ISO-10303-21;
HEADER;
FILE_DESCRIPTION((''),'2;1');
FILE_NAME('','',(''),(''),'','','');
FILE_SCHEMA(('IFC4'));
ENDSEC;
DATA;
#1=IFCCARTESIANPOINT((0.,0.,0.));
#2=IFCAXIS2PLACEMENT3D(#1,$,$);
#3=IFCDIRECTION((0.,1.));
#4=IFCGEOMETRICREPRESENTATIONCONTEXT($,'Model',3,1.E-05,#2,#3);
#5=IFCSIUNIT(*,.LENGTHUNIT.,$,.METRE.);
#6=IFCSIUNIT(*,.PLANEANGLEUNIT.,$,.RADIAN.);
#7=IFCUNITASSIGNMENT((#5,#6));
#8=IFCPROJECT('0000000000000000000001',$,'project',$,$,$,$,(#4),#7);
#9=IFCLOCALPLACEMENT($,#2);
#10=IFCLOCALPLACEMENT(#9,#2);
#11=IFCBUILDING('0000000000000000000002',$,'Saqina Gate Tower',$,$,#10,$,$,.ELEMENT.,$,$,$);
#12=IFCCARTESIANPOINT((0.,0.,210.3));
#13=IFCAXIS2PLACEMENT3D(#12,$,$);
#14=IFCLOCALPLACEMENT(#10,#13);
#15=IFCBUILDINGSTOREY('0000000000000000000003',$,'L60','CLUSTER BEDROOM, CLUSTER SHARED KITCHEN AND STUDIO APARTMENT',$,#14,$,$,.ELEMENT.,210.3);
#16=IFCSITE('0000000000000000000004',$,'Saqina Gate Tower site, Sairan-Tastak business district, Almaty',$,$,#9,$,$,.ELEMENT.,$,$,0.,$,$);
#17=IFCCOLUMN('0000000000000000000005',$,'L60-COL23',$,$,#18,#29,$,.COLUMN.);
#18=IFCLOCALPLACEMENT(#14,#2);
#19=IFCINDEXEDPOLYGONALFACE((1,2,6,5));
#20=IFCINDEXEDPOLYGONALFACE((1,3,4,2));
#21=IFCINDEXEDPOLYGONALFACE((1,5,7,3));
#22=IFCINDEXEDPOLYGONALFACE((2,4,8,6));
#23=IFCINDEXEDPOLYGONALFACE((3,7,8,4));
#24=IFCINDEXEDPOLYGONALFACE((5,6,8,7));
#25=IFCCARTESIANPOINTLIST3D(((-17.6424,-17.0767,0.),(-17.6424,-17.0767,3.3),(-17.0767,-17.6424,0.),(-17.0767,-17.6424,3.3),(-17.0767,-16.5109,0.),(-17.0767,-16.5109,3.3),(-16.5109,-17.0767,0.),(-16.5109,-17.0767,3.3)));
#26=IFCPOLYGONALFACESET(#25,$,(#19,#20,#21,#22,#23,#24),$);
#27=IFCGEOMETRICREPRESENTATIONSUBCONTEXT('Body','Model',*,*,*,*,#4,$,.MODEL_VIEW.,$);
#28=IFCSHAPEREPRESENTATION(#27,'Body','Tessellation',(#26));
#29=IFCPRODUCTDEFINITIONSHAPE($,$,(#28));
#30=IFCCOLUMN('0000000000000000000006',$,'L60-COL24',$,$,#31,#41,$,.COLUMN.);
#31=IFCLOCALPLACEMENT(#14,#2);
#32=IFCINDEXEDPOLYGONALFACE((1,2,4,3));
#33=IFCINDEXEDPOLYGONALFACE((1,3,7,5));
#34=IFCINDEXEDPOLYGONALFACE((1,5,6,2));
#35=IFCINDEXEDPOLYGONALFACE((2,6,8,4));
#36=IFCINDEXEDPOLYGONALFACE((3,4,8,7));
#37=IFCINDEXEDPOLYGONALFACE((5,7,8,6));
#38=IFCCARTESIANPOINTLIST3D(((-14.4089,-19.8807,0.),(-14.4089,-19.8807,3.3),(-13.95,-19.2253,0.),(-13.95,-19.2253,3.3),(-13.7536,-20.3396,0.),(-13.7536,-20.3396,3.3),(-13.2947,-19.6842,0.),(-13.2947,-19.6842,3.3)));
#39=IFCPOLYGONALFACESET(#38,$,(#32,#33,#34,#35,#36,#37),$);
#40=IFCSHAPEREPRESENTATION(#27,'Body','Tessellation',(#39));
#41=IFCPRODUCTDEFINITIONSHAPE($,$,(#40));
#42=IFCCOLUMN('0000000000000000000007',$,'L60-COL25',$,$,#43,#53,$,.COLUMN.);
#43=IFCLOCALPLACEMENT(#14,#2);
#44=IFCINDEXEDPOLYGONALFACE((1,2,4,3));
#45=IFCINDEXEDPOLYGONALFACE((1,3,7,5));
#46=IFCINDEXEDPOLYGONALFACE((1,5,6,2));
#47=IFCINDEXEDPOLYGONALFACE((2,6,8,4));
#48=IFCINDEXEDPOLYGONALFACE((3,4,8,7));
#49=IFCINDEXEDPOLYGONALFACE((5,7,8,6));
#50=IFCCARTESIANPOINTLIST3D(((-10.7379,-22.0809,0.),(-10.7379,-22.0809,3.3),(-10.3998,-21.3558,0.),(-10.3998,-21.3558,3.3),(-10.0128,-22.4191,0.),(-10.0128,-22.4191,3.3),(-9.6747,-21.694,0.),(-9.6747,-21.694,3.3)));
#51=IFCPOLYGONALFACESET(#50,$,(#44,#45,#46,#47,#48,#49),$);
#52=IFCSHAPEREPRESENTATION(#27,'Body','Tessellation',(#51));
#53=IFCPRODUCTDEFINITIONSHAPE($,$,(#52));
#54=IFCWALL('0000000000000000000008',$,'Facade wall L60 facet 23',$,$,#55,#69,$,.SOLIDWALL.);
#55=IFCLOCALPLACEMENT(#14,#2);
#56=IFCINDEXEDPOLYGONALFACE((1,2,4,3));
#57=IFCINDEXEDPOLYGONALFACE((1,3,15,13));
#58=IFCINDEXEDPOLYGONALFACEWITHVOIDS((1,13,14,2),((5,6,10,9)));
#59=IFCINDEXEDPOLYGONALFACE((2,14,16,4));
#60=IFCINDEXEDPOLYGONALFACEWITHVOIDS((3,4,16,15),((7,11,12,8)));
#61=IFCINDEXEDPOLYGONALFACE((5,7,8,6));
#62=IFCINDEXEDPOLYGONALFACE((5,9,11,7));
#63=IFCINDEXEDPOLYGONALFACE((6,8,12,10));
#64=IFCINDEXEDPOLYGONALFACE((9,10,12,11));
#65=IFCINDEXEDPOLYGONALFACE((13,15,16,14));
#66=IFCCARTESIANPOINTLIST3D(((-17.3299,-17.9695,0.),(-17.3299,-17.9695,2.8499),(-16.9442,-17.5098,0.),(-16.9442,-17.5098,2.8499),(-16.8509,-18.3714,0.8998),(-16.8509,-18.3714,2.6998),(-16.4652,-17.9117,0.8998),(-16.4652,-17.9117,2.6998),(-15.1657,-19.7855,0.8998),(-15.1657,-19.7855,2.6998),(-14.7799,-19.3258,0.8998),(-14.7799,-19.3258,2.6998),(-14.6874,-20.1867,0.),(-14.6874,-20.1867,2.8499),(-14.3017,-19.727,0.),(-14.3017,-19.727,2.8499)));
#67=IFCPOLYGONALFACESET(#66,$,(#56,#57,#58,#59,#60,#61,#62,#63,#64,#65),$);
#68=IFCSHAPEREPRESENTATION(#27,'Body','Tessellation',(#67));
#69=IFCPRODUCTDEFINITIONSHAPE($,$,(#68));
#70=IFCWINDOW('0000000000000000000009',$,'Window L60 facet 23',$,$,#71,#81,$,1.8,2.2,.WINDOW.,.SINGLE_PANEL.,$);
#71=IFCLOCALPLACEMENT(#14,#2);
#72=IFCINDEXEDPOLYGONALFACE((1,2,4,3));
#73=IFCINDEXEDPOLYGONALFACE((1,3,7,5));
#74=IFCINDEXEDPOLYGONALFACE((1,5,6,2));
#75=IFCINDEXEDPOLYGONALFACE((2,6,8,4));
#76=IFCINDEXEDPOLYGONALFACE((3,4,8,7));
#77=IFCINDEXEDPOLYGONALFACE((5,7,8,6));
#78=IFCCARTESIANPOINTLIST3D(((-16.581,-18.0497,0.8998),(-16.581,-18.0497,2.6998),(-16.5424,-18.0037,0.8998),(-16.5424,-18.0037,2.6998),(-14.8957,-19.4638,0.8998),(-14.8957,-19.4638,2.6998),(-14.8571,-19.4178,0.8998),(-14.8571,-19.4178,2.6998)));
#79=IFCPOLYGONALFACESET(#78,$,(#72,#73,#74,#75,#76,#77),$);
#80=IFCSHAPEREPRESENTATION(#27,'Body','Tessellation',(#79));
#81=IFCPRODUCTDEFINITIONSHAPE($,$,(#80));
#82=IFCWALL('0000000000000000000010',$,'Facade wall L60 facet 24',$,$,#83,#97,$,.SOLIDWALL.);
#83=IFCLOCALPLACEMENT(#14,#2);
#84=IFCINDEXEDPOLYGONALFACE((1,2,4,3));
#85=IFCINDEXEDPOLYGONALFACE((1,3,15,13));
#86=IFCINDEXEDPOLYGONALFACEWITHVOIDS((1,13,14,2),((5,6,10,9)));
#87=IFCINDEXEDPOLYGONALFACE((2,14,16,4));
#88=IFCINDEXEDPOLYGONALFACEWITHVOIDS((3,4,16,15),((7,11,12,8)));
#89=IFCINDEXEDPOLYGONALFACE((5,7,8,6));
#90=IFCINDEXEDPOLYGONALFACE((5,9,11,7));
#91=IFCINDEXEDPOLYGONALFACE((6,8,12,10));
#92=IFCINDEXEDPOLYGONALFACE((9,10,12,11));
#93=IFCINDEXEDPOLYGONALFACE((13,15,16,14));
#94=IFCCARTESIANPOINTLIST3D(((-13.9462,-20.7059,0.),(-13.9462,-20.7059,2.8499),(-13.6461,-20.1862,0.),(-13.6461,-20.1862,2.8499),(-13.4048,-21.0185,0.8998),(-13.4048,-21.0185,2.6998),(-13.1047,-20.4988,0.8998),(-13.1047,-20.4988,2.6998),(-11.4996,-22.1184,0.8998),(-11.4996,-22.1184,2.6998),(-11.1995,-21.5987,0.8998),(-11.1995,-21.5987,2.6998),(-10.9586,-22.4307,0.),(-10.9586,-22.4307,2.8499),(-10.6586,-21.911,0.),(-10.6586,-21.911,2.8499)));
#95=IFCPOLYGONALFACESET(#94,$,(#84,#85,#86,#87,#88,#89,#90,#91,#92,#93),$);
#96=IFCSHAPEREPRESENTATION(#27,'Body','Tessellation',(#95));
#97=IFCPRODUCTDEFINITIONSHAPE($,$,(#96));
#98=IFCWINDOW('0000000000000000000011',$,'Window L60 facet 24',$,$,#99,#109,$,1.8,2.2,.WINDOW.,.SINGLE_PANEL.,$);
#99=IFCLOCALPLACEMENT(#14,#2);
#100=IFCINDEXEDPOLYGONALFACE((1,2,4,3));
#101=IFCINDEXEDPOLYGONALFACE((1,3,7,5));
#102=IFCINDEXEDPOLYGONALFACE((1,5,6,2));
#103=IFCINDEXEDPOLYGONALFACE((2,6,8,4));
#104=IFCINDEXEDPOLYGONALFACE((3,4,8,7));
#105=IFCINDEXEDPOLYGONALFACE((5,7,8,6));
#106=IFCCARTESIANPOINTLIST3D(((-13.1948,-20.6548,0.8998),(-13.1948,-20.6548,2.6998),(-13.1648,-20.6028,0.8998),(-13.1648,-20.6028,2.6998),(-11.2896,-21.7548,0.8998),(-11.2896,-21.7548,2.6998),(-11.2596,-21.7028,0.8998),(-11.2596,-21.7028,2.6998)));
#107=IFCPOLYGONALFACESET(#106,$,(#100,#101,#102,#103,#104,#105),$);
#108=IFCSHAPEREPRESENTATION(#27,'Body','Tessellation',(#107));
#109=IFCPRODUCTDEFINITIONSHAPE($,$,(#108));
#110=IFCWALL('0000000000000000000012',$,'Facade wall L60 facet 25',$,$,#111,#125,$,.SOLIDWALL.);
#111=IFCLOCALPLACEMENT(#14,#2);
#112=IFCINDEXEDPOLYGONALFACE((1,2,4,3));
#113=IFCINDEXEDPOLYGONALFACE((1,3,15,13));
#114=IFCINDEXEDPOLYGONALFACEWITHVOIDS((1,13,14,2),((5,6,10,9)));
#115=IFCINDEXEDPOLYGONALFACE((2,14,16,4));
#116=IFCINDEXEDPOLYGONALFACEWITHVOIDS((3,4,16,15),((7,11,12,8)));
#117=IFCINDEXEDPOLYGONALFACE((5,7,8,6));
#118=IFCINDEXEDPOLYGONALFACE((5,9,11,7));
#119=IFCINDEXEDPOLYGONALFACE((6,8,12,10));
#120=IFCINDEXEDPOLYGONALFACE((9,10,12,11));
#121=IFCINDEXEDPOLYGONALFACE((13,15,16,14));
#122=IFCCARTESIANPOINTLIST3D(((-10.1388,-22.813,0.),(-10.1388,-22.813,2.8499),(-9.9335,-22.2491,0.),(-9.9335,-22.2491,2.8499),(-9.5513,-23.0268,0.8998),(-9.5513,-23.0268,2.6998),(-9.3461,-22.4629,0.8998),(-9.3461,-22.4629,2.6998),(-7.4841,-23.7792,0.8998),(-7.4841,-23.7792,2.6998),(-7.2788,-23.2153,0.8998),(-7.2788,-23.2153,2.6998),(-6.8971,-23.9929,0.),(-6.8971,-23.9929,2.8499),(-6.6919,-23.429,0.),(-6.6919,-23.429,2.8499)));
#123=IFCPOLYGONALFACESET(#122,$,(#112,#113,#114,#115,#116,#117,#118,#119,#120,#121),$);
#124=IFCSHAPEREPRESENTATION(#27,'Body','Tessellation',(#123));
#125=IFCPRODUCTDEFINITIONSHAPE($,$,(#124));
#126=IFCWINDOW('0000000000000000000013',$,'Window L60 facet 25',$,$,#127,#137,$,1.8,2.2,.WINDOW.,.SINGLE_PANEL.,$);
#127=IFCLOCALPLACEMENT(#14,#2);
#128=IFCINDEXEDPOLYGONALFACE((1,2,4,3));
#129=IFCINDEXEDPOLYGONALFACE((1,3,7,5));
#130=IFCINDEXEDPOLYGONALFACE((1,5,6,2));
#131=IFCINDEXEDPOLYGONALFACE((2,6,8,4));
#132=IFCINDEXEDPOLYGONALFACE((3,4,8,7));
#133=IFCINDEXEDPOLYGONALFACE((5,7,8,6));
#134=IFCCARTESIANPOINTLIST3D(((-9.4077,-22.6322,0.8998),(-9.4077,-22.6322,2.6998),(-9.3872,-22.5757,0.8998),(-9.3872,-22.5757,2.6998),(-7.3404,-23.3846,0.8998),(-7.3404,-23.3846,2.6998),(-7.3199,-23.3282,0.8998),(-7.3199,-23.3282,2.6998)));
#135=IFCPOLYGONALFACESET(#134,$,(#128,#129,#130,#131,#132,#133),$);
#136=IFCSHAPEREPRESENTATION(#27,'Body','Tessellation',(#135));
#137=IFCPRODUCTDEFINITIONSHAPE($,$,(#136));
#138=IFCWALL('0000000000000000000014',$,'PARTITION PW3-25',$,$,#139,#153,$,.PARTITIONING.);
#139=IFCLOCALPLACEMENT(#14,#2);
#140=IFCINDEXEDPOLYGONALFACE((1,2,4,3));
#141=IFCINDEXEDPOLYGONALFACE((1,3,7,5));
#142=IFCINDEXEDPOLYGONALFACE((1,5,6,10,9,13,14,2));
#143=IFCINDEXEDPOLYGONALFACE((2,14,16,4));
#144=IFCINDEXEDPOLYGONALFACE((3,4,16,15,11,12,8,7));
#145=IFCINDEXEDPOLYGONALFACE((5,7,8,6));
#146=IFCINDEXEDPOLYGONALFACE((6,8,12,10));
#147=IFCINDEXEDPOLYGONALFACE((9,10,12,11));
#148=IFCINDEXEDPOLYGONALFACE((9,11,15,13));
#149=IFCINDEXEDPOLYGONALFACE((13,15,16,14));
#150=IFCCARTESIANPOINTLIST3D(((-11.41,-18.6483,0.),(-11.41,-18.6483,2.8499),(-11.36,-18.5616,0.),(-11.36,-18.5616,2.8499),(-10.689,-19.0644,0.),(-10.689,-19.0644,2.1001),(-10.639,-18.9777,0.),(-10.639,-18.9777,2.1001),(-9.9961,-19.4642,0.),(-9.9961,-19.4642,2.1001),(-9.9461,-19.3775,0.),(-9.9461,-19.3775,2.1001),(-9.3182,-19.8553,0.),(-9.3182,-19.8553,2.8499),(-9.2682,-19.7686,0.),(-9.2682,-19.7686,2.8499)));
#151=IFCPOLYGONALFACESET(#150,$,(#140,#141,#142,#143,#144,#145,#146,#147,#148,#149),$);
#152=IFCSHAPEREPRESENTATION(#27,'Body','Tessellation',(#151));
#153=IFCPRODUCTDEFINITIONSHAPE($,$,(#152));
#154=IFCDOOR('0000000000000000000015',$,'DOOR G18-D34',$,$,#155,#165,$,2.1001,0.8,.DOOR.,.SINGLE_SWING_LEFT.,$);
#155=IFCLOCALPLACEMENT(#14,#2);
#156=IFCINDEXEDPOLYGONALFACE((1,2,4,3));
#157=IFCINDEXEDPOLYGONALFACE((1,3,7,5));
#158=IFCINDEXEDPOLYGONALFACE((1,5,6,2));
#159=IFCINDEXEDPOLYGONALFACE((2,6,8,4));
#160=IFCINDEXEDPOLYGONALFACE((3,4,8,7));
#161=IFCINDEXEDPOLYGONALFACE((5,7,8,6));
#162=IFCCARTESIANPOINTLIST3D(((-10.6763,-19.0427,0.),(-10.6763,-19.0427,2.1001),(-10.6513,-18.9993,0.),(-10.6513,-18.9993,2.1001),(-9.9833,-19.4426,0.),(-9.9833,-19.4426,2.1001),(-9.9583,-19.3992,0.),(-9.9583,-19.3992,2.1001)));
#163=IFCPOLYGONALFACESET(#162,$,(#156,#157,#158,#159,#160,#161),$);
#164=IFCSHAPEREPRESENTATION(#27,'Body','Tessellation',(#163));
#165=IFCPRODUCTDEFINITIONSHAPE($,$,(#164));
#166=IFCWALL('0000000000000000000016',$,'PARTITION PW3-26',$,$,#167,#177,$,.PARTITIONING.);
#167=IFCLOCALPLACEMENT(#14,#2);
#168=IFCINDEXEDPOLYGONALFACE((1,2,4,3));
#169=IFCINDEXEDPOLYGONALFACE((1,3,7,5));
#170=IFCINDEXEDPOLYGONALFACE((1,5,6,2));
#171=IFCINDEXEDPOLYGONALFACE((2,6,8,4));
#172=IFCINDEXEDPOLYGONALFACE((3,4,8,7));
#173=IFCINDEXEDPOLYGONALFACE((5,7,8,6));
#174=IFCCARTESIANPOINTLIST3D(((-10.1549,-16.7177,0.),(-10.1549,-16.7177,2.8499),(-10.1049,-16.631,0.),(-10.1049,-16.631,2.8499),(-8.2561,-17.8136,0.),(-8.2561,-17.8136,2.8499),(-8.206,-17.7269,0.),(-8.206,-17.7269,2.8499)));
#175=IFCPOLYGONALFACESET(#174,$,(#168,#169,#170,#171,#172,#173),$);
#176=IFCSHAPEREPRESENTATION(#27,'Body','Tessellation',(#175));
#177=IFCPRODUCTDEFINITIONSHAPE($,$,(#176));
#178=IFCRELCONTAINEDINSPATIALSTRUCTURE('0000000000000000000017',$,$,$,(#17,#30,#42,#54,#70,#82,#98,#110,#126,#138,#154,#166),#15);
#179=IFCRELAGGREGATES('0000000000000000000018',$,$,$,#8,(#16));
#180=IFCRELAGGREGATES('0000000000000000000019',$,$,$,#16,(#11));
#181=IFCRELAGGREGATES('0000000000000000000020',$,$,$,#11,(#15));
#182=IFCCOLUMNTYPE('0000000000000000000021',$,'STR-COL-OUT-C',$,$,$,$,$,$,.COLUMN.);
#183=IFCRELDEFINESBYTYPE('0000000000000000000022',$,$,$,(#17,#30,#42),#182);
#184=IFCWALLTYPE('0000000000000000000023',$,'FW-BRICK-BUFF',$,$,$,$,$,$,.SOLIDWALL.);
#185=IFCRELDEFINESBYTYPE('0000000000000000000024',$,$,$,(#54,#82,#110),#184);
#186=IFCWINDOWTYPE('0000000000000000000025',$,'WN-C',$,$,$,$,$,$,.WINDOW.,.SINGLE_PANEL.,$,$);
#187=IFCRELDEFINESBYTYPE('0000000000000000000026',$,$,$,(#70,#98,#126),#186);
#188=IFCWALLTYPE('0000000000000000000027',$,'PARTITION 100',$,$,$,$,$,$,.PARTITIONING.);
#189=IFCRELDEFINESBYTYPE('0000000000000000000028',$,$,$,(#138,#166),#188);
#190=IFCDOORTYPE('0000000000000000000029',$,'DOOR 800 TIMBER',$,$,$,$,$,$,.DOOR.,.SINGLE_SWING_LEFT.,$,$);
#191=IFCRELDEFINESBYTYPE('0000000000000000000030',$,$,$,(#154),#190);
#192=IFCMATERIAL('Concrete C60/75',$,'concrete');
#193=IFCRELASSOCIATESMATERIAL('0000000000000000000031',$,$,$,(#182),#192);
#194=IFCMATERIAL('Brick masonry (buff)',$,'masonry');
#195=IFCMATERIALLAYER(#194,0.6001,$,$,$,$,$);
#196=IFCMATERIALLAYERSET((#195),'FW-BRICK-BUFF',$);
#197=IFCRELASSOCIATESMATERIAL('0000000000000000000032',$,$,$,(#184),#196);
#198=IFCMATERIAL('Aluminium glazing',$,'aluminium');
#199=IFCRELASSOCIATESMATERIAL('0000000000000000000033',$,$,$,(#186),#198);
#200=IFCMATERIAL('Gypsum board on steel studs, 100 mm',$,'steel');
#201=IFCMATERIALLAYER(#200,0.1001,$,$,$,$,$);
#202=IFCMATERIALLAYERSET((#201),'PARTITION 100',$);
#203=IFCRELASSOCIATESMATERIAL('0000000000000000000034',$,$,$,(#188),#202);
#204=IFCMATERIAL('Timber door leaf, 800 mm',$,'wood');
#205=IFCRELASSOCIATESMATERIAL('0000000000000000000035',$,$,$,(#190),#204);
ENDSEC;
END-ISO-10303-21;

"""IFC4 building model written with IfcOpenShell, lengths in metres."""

from ifc_helpers import new_model, si_unit, direction, frame, frame_2d, origin, origin_2d, place, context, subcontext, project, spatial, rectangle, extrude, material, layer, layer_set, material_profile, profile_set, type_object, element, fill, save


model = new_model("IFC4")

# Units and contexts
model_context = context("Model", 3, precision=1e-05, world=origin(), true_north=direction((0.0, 1.0)))
body_context = subcontext(model_context, "Body", "Model", "MODEL_VIEW")
ifc_project = project(units=[si_unit("LENGTHUNIT", "METRE"), si_unit("PLANEANGLEUNIT", "RADIAN")], contexts=[model_context])

# Site, building, storey
site_placement = place(None, origin())
site = spatial("IfcSite", under=ifc_project, at=site_placement, Name="Saqina Gate Tower site, Sairan-Tastak business district, Almaty", CompositionType="ELEMENT", RefElevation=0.0)
building_placement = place(site_placement, origin())
building = spatial("IfcBuilding", under=site, at=building_placement, Name="Saqina Gate Tower", CompositionType="ELEMENT")
storey_placement = place(building_placement, frame((0.0, 0.0, 210.3)))
storey = spatial("IfcBuildingStorey", under=building, at=storey_placement, Name="L60", Description="CLUSTER BEDROOM, CLUSTER SHARED KITCHEN AND STUDIO APARTMENT", CompositionType="ELEMENT", Elevation=210.3)

# Columns
ifc_material_1 = material(Name="Concrete C60/75", Category="concrete")
ifc_material_profile = material_profile(ifc_material_1, rectangle(XDim=0.8, YDim=0.8, at=origin_2d()), Name="RC 800x800")
ifc_profile_set = profile_set([ifc_material_profile], Name="Concrete C60/75")
column_type = type_object("IfcColumnType", Name="STR-COL-OUT-C", PredefinedType="COLUMN", material=ifc_profile_set)
for number, where, z_axis, x_axis, name in (
    (1, (-17.0767, -17.0767, 0.0), (0.0, 0.0, 1.0), (-0.707107, -0.707107, 0.0), "L60-COL23"),
    (2, (-13.8518, -19.7825, 0.0), (0.0, 0.0, 1.0), (-0.573576, -0.819152, 0.0), "L60-COL24"),
    (3, (-10.2063, -21.8875, 0.0), (0.0, 0.0, 1.0), (-0.422618, -0.906308, 0.0), "L60-COL25"),
):
    element("IfcColumn", number, at=place(storey_placement, frame(where, z_axis=z_axis, x_axis=x_axis)), inside=storey, type_object=column_type, Name=name, PredefinedType="COLUMN", context=body_context, shape_type="SweptSolid", body=[
        extrude(rectangle(XDim=0.8, YDim=0.8, at=origin_2d()), origin(), (0.0, 0.0, 1.0), 3.3),
    ])

# Walls, openings, windows
ifc_material_2 = material(Name="Brick masonry (buff)", Category="masonry")
ifc_layer_1 = layer(ifc_material_2, 0.6001)
ifc_layer_set_1 = layer_set([ifc_layer_1], Name="FW-BRICK-BUFF")
wall_type_1 = type_object("IfcWallType", Name="FW-BRICK-BUFF", PredefinedType="SOLIDWALL", material=ifc_layer_set_1)
wall_1_placement = place(storey_placement, frame((-17.137, -17.7397, 0.0), z_axis=(0.0, 0.0, 1.0), x_axis=(0.766059, -0.64277, 0.0)))
wall_1 = element("IfcWall", 4, at=wall_1_placement, inside=storey, type_object=wall_type_1, Name="Facade wall L60 facet 23", PredefinedType="SOLIDWALL", context=body_context, shape_type="SweptSolid", body=[
    extrude(rectangle(XDim=3.4495, YDim=0.6001, at=frame_2d((1.7246, 0.0))), origin(), (0.0, 0.0, 1.0), 2.8499),
])
opening_1_placement = place(wall_1_placement, frame((0.625, 0.0, 0.8999)))
opening_1 = element("IfcOpeningElement", 5, at=opening_1_placement, cuts=wall_1, PredefinedType="OPENING", context=body_context, shape_type="SweptSolid", body=[
    extrude(rectangle(XDim=2.2, YDim=1.8, at=frame_2d((1.1001, 0.8999))), frame((0.0, 0.312, 0.0), z_axis=(0.0, -1.0, 0.0), x_axis=(1.0, 0.0, 0.0)), (0.0, 0.0, 1.0), 0.624),
])
ifc_material_3 = material(Name="Aluminium glazing", Category="aluminium")
window_type = type_object("IfcWindowType", Name="WN-C", PartitioningType="SINGLE_PANEL", PredefinedType="WINDOW", material=ifc_material_3)
window_1_placement = place(opening_1_placement, origin())
window_1 = element("IfcWindow", 6, at=window_1_placement, inside=storey, type_object=window_type, Name="Window L60 facet 23", OverallHeight=1.8, OverallWidth=2.2, PartitioningType="SINGLE_PANEL", PredefinedType="WINDOW", context=body_context, shape_type="SweptSolid", body=[
    extrude(rectangle(XDim=2.2, YDim=1.8, at=frame_2d((1.1001, 0.8999))), frame((0.0, 0.1799, 0.0), z_axis=(0.0, -1.0, 0.0), x_axis=(1.0, 0.0, 0.0)), (0.0, 0.0, 1.0), 0.0601),
])
fill(opening_1, window_1)
wall_2_placement = place(storey_placement, frame((-13.7961, -20.446, 0.0), z_axis=(0.0, 0.0, 1.0), x_axis=(0.866026, -0.499998, 0.0)))
wall_2 = element("IfcWall", 7, at=wall_2_placement, inside=storey, type_object=wall_type_1, Name="Facade wall L60 facet 24", PredefinedType="SOLIDWALL", context=body_context, shape_type="SweptSolid", body=[
    extrude(rectangle(XDim=3.4497, YDim=0.6001, at=frame_2d((1.7249, 0.0))), origin(), (0.0, 0.0, 1.0), 2.8499),
])
opening_2_placement = place(wall_2_placement, frame((0.625, 0.0, 0.8999)))
opening_2 = element("IfcOpeningElement", 8, at=opening_2_placement, cuts=wall_2, PredefinedType="OPENING", context=body_context, shape_type="SweptSolid", body=[
    extrude(rectangle(XDim=2.2, YDim=1.8, at=frame_2d((1.1001, 0.8999))), frame((0.0, 0.312, 0.0), z_axis=(0.0, -1.0, 0.0), x_axis=(1.0, 0.0, 0.0)), (0.0, 0.0, 1.0), 0.624),
])
window_2_placement = place(opening_2_placement, origin())
window_2 = element("IfcWindow", 9, at=window_2_placement, inside=storey, type_object=window_type, Name="Window L60 facet 24", OverallHeight=1.8, OverallWidth=2.2, PartitioningType="SINGLE_PANEL", PredefinedType="WINDOW", context=body_context, shape_type="SweptSolid", body=[
    extrude(rectangle(XDim=2.2, YDim=1.8, at=frame_2d((1.1001, 0.8999))), frame((0.0, 0.1799, 0.0), z_axis=(0.0, -1.0, 0.0), x_axis=(1.0, 0.0, 0.0)), (0.0, 0.0, 1.0), 0.0601),
])
fill(opening_2, window_2)
wall_3_placement = place(storey_placement, frame((-10.0361, -22.531, 0.0), z_axis=(0.0, 0.0, 1.0), x_axis=(0.939688, -0.342033, 0.0)))
wall_3 = element("IfcWall", 10, at=wall_3_placement, inside=storey, type_object=wall_type_1, Name="Facade wall L60 facet 25", PredefinedType="SOLIDWALL", context=body_context, shape_type="SweptSolid", body=[
    extrude(rectangle(XDim=3.4497, YDim=0.6001, at=frame_2d((1.7249, 0.0))), origin(), (0.0, 0.0, 1.0), 2.8499),
])
opening_3_placement = place(wall_3_placement, frame((0.625, 0.0, 0.8999)))
opening_3 = element("IfcOpeningElement", 11, at=opening_3_placement, cuts=wall_3, PredefinedType="OPENING", context=body_context, shape_type="SweptSolid", body=[
    extrude(rectangle(XDim=2.2, YDim=1.8, at=frame_2d((1.1001, 0.8999))), frame((0.0, 0.312, 0.0), z_axis=(0.0, -1.0, 0.0), x_axis=(1.0, 0.0, 0.0)), (0.0, 0.0, 1.0), 0.624),
])
window_3_placement = place(opening_3_placement, origin())
window_3 = element("IfcWindow", 12, at=window_3_placement, inside=storey, type_object=window_type, Name="Window L60 facet 25", OverallHeight=1.8, OverallWidth=2.2, PartitioningType="SINGLE_PANEL", PredefinedType="WINDOW", context=body_context, shape_type="SweptSolid", body=[
    extrude(rectangle(XDim=2.2, YDim=1.8, at=frame_2d((1.1001, 0.8999))), frame((0.0, 0.1799, 0.0), z_axis=(0.0, -1.0, 0.0), x_axis=(1.0, 0.0, 0.0)), (0.0, 0.0, 1.0), 0.0601),
])
fill(opening_3, window_3)

# Wall, opening, door
ifc_material_4 = material(Name="Gypsum board on steel studs, 100 mm", Category="steel")
ifc_layer_2 = layer(ifc_material_4, 0.1001)
ifc_layer_set_2 = layer_set([ifc_layer_2], Name="PARTITION 100")
wall_type_2 = type_object("IfcWallType", Name="PARTITION 100", PredefinedType="PARTITIONING", material=ifc_layer_set_2)
wall_4_placement = place(storey_placement, frame((-11.385, -18.605, 0.0), z_axis=(0.0, 0.0, 1.0), x_axis=(0.866145, -0.499792, 0.0)))
wall_4 = element("IfcWall", 13, at=wall_4_placement, inside=storey, type_object=wall_type_2, Name="PARTITION PW3-25", PredefinedType="PARTITIONING", context=body_context, shape_type="SweptSolid", body=[
    extrude(rectangle(XDim=2.415, YDim=0.1001, at=frame_2d((1.2075, 0.0))), origin(), (0.0, 0.0, 1.0), 2.8499),
])
opening_4_placement = place(wall_4_placement, frame((0.8325, 0.0, 0.0)))
opening_4 = element("IfcOpeningElement", 14, at=opening_4_placement, cuts=wall_4, PredefinedType="OPENING", context=body_context, shape_type="SweptSolid", body=[
    extrude(rectangle(XDim=0.8, YDim=2.1001, at=frame_2d((0.3999, 1.05))), frame((0.0, 0.062, 0.0), z_axis=(0.0, -1.0, 0.0), x_axis=(1.0, 0.0, 0.0)), (0.0, 0.0, 1.0), 0.124),
])
ifc_material_5 = material(Name="Timber door leaf, 800 mm", Category="wood")
door_type = type_object("IfcDoorType", Name="DOOR 800 TIMBER", OperationType="SINGLE_SWING_LEFT", PredefinedType="DOOR", material=ifc_material_5)
door_placement = place(opening_4_placement, frame((0.8, 0.0, 0.0), z_axis=(0.0, 0.0, 1.0), x_axis=(-1.0, 0.0, 0.0)))
door = element("IfcDoor", 15, at=door_placement, inside=storey, type_object=door_type, Name="DOOR G18-D34", OperationType="SINGLE_SWING_LEFT", OverallHeight=2.1001, OverallWidth=0.8, PredefinedType="DOOR", context=body_context, shape_type="SweptSolid", body=[
    extrude(rectangle(XDim=0.8, YDim=2.1001, at=frame_2d((0.3999, 1.05))), frame((0.0, 0.0249, 0.0), z_axis=(0.0, -1.0, 0.0), x_axis=(1.0, 0.0, 0.0)), (0.0, 0.0, 1.0), 0.05),
])
fill(opening_4, door)

# Wall
wall_5_placement = place(storey_placement, frame((-10.1299, -16.6743, 0.0), z_axis=(0.0, 0.0, 1.0), x_axis=(0.866104, -0.499864, 0.0)))
element("IfcWall", 16, at=wall_5_placement, inside=storey, type_object=wall_type_2, Name="PARTITION PW3-26", PredefinedType="PARTITIONING", context=body_context, shape_type="SweptSolid", body=[
    extrude(rectangle(XDim=2.1924, YDim=0.1001, at=frame_2d((1.0962, 0.0))), origin(), (0.0, 0.0, 1.0), 2.8499),
])

save(model, "model.ifc")
